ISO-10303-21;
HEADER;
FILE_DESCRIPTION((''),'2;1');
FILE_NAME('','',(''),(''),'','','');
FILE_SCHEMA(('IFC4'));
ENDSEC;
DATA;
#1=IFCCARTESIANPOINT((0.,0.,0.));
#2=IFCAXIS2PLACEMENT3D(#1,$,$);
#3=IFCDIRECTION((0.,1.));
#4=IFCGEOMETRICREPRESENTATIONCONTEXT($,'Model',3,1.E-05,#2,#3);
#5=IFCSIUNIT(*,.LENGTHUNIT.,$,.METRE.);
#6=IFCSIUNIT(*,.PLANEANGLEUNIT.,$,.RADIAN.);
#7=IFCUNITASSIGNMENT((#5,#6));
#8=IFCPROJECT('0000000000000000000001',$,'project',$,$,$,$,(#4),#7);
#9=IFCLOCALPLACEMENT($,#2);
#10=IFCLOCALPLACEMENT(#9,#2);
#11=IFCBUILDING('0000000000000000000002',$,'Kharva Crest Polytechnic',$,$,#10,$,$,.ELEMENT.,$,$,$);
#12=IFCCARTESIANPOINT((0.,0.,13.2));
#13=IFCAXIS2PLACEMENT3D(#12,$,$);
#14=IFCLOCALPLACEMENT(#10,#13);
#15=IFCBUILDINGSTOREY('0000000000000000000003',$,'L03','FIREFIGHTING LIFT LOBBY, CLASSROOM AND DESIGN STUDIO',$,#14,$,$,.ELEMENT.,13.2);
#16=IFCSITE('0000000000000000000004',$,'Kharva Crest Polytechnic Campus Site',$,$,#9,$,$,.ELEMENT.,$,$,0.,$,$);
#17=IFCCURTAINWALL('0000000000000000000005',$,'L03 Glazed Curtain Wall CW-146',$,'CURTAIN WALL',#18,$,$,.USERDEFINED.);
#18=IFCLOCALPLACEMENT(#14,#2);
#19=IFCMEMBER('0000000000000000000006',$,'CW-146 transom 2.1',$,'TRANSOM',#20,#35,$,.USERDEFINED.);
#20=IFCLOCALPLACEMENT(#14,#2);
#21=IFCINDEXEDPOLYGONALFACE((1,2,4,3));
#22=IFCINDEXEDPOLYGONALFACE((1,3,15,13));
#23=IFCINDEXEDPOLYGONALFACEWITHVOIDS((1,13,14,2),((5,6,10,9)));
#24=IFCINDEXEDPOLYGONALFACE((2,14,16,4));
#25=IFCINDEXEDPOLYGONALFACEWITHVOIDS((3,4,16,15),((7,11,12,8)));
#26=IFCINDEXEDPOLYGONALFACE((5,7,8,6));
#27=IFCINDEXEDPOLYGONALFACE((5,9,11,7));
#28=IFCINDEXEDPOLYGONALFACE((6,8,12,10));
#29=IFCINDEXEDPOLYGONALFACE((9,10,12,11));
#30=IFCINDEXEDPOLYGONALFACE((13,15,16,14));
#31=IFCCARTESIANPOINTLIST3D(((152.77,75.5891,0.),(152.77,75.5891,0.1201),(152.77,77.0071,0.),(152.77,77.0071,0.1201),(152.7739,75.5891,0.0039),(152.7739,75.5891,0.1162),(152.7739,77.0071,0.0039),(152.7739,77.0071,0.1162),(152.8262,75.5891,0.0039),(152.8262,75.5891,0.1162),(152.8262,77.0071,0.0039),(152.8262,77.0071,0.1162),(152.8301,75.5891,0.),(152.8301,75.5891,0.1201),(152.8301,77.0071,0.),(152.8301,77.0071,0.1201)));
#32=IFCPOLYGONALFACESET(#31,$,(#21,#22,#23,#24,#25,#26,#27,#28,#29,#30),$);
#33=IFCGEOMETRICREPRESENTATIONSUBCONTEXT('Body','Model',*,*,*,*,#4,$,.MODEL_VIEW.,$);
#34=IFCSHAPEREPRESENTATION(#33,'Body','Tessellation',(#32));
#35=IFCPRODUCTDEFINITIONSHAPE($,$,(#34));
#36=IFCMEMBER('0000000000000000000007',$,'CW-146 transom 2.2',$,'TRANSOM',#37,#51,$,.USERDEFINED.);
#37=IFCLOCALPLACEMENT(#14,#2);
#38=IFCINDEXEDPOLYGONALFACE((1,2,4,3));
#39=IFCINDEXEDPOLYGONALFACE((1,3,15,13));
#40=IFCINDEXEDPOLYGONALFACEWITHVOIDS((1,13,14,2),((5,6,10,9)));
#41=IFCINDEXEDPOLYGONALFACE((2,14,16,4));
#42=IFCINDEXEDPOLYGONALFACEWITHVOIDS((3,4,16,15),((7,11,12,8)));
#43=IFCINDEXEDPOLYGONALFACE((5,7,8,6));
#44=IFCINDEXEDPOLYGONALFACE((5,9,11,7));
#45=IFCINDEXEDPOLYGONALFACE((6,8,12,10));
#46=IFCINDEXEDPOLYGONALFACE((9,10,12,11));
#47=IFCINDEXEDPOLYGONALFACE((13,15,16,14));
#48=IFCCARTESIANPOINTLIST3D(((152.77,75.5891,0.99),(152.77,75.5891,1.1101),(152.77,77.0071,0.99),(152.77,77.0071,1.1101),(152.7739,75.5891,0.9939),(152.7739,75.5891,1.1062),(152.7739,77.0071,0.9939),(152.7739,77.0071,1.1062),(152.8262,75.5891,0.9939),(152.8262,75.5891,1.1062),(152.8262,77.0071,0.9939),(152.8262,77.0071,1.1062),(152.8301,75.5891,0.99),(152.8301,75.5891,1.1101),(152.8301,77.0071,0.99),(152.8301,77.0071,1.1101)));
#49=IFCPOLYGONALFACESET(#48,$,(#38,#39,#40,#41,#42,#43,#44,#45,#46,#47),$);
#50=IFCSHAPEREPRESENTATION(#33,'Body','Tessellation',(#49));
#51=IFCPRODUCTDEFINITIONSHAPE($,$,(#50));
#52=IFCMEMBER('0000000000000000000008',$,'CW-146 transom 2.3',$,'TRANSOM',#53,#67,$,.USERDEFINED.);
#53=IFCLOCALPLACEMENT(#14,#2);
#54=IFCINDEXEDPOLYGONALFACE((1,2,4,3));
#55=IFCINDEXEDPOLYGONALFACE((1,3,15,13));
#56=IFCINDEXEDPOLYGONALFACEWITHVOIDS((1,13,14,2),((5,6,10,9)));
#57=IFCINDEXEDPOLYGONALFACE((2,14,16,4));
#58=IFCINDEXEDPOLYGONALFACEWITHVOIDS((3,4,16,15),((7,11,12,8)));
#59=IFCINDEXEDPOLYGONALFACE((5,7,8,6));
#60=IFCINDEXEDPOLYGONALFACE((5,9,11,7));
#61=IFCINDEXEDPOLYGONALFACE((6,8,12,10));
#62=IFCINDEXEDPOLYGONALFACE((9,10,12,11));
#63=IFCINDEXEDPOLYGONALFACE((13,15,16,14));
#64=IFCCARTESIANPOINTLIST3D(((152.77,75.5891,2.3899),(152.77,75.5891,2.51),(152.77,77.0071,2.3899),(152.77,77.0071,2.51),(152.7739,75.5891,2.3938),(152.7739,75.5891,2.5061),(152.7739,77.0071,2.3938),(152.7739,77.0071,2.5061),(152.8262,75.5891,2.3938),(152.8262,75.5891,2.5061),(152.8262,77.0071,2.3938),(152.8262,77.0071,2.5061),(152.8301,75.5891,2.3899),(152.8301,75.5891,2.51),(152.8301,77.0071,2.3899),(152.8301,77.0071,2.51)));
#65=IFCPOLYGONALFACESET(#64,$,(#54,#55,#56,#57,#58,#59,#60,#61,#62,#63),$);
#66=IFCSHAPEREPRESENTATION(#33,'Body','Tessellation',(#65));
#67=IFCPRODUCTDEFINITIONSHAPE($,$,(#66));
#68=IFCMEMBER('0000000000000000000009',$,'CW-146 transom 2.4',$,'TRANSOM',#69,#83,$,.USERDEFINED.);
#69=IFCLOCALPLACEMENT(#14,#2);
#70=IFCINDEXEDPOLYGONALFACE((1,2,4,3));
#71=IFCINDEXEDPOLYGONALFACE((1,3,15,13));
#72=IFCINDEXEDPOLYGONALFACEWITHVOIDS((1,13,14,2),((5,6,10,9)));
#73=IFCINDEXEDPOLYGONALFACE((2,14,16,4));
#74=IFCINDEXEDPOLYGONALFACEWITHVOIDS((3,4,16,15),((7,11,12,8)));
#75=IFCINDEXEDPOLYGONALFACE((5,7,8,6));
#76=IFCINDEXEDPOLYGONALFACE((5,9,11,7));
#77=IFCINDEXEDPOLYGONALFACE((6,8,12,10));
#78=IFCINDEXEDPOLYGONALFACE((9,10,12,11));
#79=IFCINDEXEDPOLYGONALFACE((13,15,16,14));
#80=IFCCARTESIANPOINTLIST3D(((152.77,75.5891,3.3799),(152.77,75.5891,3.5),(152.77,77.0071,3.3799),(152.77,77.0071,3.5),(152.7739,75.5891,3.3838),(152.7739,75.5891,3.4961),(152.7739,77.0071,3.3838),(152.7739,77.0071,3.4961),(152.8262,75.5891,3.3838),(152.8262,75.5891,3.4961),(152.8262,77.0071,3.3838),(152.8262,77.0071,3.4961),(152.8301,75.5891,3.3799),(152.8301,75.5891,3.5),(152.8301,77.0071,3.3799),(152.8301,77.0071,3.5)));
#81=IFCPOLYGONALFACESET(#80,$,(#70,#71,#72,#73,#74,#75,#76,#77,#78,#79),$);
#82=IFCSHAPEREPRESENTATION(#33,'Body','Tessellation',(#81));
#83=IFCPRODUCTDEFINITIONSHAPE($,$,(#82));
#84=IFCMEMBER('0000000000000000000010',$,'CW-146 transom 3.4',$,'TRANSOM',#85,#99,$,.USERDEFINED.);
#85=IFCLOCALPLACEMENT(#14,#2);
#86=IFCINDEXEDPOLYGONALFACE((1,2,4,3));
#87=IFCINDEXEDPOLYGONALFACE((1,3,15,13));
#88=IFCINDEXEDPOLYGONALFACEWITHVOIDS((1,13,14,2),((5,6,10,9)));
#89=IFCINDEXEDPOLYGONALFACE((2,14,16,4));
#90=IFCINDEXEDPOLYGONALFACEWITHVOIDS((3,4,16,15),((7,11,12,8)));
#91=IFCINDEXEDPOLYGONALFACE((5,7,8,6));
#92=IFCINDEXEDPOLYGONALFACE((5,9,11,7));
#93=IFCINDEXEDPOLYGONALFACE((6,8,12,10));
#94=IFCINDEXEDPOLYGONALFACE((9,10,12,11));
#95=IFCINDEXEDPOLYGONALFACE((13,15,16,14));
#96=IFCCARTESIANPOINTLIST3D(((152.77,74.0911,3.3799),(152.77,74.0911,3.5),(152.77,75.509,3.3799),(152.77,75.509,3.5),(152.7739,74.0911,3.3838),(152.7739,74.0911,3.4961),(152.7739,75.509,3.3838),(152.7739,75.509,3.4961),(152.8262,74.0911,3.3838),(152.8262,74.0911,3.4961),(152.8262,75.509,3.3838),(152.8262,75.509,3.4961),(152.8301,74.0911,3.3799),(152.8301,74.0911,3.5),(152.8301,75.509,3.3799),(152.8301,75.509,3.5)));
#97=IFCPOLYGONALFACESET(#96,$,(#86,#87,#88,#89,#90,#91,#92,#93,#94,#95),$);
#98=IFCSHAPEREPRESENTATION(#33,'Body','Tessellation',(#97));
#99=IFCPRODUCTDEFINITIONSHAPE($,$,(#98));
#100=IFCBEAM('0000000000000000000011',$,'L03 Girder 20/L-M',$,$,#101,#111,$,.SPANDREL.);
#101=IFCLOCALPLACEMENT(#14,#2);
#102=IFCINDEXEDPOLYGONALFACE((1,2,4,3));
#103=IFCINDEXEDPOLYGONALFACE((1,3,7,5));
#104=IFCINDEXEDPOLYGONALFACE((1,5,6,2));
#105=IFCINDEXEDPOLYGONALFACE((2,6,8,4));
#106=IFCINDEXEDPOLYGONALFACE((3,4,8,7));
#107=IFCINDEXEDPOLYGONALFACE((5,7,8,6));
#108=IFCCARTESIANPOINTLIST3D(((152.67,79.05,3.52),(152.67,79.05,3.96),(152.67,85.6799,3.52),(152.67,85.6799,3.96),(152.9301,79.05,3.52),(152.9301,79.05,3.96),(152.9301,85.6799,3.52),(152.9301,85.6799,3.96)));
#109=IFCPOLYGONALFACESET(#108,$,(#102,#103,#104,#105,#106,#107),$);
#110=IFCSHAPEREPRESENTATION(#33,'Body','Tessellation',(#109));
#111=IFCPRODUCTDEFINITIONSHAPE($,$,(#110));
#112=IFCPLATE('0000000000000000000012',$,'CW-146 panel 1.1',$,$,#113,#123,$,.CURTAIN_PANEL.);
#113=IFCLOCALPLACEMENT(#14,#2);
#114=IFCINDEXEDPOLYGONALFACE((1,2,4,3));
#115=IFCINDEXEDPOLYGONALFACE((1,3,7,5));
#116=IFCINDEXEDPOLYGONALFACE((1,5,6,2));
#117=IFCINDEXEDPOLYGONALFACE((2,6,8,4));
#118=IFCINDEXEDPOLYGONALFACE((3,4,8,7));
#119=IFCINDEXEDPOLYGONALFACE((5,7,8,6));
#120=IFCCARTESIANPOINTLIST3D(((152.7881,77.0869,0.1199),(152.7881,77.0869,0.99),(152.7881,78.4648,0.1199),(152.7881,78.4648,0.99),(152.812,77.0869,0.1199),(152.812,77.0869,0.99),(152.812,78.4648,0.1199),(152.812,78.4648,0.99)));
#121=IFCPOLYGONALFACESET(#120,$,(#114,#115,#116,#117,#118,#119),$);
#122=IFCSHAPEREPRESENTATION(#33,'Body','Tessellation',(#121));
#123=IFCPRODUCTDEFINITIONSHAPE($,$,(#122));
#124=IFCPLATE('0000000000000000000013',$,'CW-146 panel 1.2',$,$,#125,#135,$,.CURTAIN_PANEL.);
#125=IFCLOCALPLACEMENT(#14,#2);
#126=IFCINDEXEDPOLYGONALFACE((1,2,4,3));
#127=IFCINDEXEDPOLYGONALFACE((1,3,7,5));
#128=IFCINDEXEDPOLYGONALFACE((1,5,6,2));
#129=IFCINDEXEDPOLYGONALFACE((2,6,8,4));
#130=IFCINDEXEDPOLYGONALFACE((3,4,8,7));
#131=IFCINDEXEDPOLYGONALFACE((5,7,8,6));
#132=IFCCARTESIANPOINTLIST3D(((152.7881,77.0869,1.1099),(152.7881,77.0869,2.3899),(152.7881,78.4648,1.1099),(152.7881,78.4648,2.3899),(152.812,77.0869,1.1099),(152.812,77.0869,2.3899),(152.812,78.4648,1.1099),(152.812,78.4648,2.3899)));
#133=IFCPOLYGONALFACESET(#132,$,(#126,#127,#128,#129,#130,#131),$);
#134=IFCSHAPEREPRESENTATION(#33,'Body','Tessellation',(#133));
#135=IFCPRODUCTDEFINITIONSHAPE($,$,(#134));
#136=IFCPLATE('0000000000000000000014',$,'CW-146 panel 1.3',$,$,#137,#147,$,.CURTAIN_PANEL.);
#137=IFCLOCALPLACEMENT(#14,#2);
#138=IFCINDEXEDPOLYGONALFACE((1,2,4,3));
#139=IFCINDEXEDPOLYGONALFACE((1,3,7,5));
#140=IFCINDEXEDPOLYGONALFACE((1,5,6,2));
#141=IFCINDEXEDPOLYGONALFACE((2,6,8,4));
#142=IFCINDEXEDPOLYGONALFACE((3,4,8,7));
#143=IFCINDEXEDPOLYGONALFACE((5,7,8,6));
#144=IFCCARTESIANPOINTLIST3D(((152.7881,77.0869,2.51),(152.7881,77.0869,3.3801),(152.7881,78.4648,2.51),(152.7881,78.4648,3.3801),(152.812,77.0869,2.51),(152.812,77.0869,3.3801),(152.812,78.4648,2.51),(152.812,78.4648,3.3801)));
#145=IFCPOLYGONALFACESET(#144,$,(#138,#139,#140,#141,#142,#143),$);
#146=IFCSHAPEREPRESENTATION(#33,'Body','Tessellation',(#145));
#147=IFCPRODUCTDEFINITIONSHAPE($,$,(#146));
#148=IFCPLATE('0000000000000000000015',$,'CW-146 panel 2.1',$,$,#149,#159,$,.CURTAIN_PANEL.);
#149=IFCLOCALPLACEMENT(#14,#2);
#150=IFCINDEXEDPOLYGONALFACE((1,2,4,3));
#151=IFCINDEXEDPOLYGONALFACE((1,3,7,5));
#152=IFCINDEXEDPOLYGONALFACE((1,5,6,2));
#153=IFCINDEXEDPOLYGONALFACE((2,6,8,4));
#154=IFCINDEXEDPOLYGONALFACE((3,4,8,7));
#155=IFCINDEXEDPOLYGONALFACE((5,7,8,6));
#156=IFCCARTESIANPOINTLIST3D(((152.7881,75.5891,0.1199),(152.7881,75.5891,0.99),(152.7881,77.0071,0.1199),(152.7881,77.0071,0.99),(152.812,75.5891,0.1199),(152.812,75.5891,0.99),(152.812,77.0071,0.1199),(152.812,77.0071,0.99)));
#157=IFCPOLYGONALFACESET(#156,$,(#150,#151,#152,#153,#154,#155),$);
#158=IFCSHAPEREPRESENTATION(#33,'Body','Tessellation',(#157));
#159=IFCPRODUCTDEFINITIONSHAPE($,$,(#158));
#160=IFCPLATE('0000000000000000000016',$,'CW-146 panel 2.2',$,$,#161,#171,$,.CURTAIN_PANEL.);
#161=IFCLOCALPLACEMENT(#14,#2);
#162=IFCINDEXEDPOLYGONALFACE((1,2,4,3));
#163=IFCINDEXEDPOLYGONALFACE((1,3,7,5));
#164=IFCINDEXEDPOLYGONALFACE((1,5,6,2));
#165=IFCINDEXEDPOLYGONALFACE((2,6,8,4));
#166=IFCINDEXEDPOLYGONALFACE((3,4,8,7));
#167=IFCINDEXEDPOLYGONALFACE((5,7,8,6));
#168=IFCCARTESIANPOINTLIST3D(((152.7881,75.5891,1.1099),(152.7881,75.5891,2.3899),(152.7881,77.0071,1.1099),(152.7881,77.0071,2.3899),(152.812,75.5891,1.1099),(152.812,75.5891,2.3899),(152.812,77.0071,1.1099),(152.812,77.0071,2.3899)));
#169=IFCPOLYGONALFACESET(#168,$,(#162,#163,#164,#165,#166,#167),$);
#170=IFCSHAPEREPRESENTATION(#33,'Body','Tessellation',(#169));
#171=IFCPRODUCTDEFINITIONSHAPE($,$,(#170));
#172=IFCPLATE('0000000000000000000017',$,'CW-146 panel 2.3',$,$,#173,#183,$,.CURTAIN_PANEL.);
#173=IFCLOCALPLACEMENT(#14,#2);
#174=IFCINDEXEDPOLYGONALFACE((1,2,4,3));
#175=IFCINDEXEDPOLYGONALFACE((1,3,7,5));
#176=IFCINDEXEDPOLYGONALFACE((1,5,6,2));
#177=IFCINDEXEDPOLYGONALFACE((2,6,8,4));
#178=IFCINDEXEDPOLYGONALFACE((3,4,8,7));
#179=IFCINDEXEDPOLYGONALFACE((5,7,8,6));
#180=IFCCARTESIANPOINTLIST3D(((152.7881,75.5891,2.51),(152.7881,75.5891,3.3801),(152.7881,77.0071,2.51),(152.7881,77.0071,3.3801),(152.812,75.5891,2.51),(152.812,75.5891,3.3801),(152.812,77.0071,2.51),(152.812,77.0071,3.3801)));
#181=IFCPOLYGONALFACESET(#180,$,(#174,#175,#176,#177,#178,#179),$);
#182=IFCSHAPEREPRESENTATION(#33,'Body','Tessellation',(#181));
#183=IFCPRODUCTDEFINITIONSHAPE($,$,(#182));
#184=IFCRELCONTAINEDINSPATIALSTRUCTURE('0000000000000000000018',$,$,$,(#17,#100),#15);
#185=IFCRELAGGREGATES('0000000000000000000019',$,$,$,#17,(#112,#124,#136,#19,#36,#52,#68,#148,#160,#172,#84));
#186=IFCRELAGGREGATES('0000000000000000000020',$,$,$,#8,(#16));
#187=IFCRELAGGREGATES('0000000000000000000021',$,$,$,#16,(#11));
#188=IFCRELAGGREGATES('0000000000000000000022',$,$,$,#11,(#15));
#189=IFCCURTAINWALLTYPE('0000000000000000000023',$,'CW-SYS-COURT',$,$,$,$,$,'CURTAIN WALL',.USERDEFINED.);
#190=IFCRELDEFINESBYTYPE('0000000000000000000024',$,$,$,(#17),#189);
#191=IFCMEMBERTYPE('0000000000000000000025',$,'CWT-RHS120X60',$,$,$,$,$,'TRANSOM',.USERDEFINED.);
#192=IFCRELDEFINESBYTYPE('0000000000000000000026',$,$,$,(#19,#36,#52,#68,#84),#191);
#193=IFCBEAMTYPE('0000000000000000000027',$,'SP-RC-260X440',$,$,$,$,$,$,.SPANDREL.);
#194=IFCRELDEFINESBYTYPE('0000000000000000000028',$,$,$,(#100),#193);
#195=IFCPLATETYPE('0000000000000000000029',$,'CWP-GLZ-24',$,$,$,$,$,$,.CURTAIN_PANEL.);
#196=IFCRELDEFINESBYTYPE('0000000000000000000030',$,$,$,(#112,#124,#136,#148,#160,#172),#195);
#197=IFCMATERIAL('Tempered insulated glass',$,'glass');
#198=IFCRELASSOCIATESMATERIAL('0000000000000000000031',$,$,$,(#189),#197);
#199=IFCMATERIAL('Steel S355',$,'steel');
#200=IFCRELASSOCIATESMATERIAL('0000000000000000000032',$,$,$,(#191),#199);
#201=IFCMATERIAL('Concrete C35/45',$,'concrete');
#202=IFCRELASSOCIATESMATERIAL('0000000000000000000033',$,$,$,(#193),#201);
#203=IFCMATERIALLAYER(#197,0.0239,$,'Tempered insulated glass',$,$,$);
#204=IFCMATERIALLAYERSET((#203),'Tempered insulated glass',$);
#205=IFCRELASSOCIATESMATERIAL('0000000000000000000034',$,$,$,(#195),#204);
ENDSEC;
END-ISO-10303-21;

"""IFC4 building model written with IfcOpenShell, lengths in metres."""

from ifc_helpers import new_model, si_unit, direction, frame, origin, origin_2d, place, context, subcontext, project, spatial, rectangle, hollow_rectangle, extrude, material, layer, layer_set, material_profile, profile_set, type_object, element, aggregate, save


model = new_model("IFC4")

# Units and contexts
model_context = context("Model", 3, precision=1e-05, world=origin(), true_north=direction((0.0, 1.0)))
body_context = subcontext(model_context, "Body", "Model", "MODEL_VIEW")
ifc_project = project(units=[si_unit("LENGTHUNIT", "METRE"), si_unit("PLANEANGLEUNIT", "RADIAN")], contexts=[model_context])

# Site, building, storey
site_placement = place(None, origin())
site = spatial("IfcSite", under=ifc_project, at=site_placement, Name="Kharva Crest Polytechnic Campus Site", CompositionType="ELEMENT", RefElevation=0.0)
building_placement = place(site_placement, origin())
building = spatial("IfcBuilding", under=site, at=building_placement, Name="Kharva Crest Polytechnic", CompositionType="ELEMENT")
storey_placement = place(building_placement, frame((0.0, 0.0, 13.2)))
storey = spatial("IfcBuildingStorey", under=building, at=storey_placement, Name="L03", Description="FIREFIGHTING LIFT LOBBY, CLASSROOM AND DESIGN STUDIO", CompositionType="ELEMENT", Elevation=13.2)

# Curtain wall, members
ifc_material_1 = material(Name="Tempered insulated glass", Category="glass")
curtain_wall_type = type_object("IfcCurtainWallType", Name="CW-SYS-COURT", ElementType="CURTAIN WALL", PredefinedType="USERDEFINED", material=ifc_material_1)
curtain_wall_placement = place(storey_placement, origin())
curtain_wall = element("IfcCurtainWall", 1, at=curtain_wall_placement, inside=storey, type_object=curtain_wall_type, Name="L03 Glazed Curtain Wall CW-146", ObjectType="CURTAIN WALL", PredefinedType="USERDEFINED")
ifc_material_2 = material(Name="Steel S355", Category="steel")
ifc_material_profile_1 = material_profile(ifc_material_2, hollow_rectangle(XDim=0.0601, YDim=0.1201, WallThickness=0.0039, at=origin_2d()), Name="RHS 120X60X4.0")
ifc_profile_set_1 = profile_set([ifc_material_profile_1], Name="Steel S355")
member_type_1 = type_object("IfcMemberType", Name="CWT-RHS120X60", ElementType="TRANSOM", PredefinedType="USERDEFINED", material=ifc_profile_set_1)
member_1_placement = place(storey_placement, frame((152.8, 77.0071, 0.0601), z_axis=(0.0, -1.0, 0.0), x_axis=(1.0, 0.0, 0.0)))
member_1 = element("IfcMember", 2, at=member_1_placement, type_object=member_type_1, Name="CW-146 transom 2.1", ObjectType="TRANSOM", PredefinedType="USERDEFINED", context=body_context, shape_type="SweptSolid", body=[
    extrude(hollow_rectangle(XDim=0.0601, YDim=0.1201, WallThickness=0.0039, at=origin_2d()), origin(), (0.0, 0.0, 1.0), 1.418),
])
member_2_placement = place(storey_placement, frame((152.8, 77.0071, 1.05), z_axis=(0.0, -1.0, 0.0), x_axis=(1.0, 0.0, 0.0)))
member_2 = element("IfcMember", 3, at=member_2_placement, type_object=member_type_1, Name="CW-146 transom 2.2", ObjectType="TRANSOM", PredefinedType="USERDEFINED", context=body_context, shape_type="SweptSolid", body=[
    extrude(hollow_rectangle(XDim=0.0601, YDim=0.1201, WallThickness=0.0039, at=origin_2d()), origin(), (0.0, 0.0, 1.0), 1.418),
])
member_3_placement = place(storey_placement, frame((152.8, 77.0071, 2.45), z_axis=(0.0, -1.0, 0.0), x_axis=(1.0, 0.0, 0.0)))
member_3 = element("IfcMember", 4, at=member_3_placement, type_object=member_type_1, Name="CW-146 transom 2.3", ObjectType="TRANSOM", PredefinedType="USERDEFINED", context=body_context, shape_type="SweptSolid", body=[
    extrude(hollow_rectangle(XDim=0.0601, YDim=0.1201, WallThickness=0.0039, at=origin_2d()), origin(), (0.0, 0.0, 1.0), 1.418),
])
member_4_placement = place(storey_placement, frame((152.8, 77.0071, 3.4399), z_axis=(0.0, -1.0, 0.0), x_axis=(1.0, 0.0, 0.0)))
member_4 = element("IfcMember", 5, at=member_4_placement, type_object=member_type_1, Name="CW-146 transom 2.4", ObjectType="TRANSOM", PredefinedType="USERDEFINED", context=body_context, shape_type="SweptSolid", body=[
    extrude(hollow_rectangle(XDim=0.0601, YDim=0.1201, WallThickness=0.0039, at=origin_2d()), origin(), (0.0, 0.0, 1.0), 1.418),
])
member_5_placement = place(storey_placement, frame((152.8, 75.509, 3.4399), z_axis=(0.0, -1.0, 0.0), x_axis=(1.0, 0.0, 0.0)))
member_5 = element("IfcMember", 6, at=member_5_placement, type_object=member_type_1, Name="CW-146 transom 3.4", ObjectType="TRANSOM", PredefinedType="USERDEFINED", context=body_context, shape_type="SweptSolid", body=[
    extrude(hollow_rectangle(XDim=0.0601, YDim=0.1201, WallThickness=0.0039, at=origin_2d()), origin(), (0.0, 0.0, 1.0), 1.418),
])

# Beam
ifc_material_3 = material(Name="Concrete C35/45", Category="concrete")
ifc_material_profile_2 = material_profile(ifc_material_3, rectangle(XDim=0.26, YDim=0.4399, at=origin_2d()), Name="RECT 260 X 440")
ifc_profile_set_2 = profile_set([ifc_material_profile_2], Name="Concrete C35/45")
beam_type = type_object("IfcBeamType", Name="SP-RC-260X440", PredefinedType="SPANDREL", material=ifc_profile_set_2)
beam_placement = place(storey_placement, frame((152.8, 79.05, 3.74), z_axis=(0.0, 1.0, 0.0), x_axis=(-1.0, 0.0, 0.0)))
element("IfcBeam", 7, at=beam_placement, inside=storey, type_object=beam_type, Name="L03 Girder 20/L-M", PredefinedType="SPANDREL", context=body_context, shape_type="SweptSolid", body=[
    extrude(rectangle(XDim=0.26, YDim=0.4399, at=origin_2d()), origin(), (0.0, 0.0, 1.0), 6.6299),
])

# Plates
ifc_layer_1 = layer(ifc_material_1, 0.0239, Name="Tempered insulated glass")
ifc_layer_set_1 = layer_set([ifc_layer_1], Name="Tempered insulated glass")
plate_type = type_object("IfcPlateType", Name="CWP-GLZ-24", PredefinedType="CURTAIN_PANEL", material=ifc_layer_set_1)
plate_1_placement = place(storey_placement, frame((152.8, 77.7759, 0.1199), z_axis=(0.0, 0.0, 1.0), x_axis=(0.0, -1.0, 0.0)))
plate_1 = element("IfcPlate", 8, at=plate_1_placement, type_object=plate_type, Name="CW-146 panel 1.1", PredefinedType="CURTAIN_PANEL", context=body_context, shape_type="SweptSolid", body=[
    extrude(rectangle(XDim=1.3779, YDim=0.0239, at=origin_2d()), origin(), (0.0, 0.0, 1.0), 0.8701),
])
plate_2_placement = place(storey_placement, frame((152.8, 77.7759, 1.1099), z_axis=(0.0, 0.0, 1.0), x_axis=(0.0, -1.0, 0.0)))
plate_2 = element("IfcPlate", 9, at=plate_2_placement, type_object=plate_type, Name="CW-146 panel 1.2", PredefinedType="CURTAIN_PANEL", context=body_context, shape_type="SweptSolid", body=[
    extrude(rectangle(XDim=1.3779, YDim=0.0239, at=origin_2d()), origin(), (0.0, 0.0, 1.0), 1.28),
])
plate_3_placement = place(storey_placement, frame((152.8, 77.7759, 2.51), z_axis=(0.0, 0.0, 1.0), x_axis=(0.0, -1.0, 0.0)))
plate_3 = element("IfcPlate", 10, at=plate_3_placement, type_object=plate_type, Name="CW-146 panel 1.3", PredefinedType="CURTAIN_PANEL", context=body_context, shape_type="SweptSolid", body=[
    extrude(rectangle(XDim=1.3779, YDim=0.0239, at=origin_2d()), origin(), (0.0, 0.0, 1.0), 0.8701),
])
plate_4_placement = place(storey_placement, frame((152.8, 76.2981, 0.1199), z_axis=(0.0, 0.0, 1.0), x_axis=(0.0, -1.0, 0.0)))
plate_4 = element("IfcPlate", 11, at=plate_4_placement, type_object=plate_type, Name="CW-146 panel 2.1", PredefinedType="CURTAIN_PANEL", context=body_context, shape_type="SweptSolid", body=[
    extrude(rectangle(XDim=1.418, YDim=0.0239, at=origin_2d()), origin(), (0.0, 0.0, 1.0), 0.8701),
])
plate_5_placement = place(storey_placement, frame((152.8, 76.2981, 1.1099), z_axis=(0.0, 0.0, 1.0), x_axis=(0.0, -1.0, 0.0)))
plate_5 = element("IfcPlate", 12, at=plate_5_placement, type_object=plate_type, Name="CW-146 panel 2.2", PredefinedType="CURTAIN_PANEL", context=body_context, shape_type="SweptSolid", body=[
    extrude(rectangle(XDim=1.418, YDim=0.0239, at=origin_2d()), origin(), (0.0, 0.0, 1.0), 1.28),
])
plate_6_placement = place(storey_placement, frame((152.8, 76.2981, 2.51), z_axis=(0.0, 0.0, 1.0), x_axis=(0.0, -1.0, 0.0)))
plate_6 = element("IfcPlate", 13, at=plate_6_placement, type_object=plate_type, Name="CW-146 panel 2.3", PredefinedType="CURTAIN_PANEL", context=body_context, shape_type="SweptSolid", body=[
    extrude(rectangle(XDim=1.418, YDim=0.0239, at=origin_2d()), origin(), (0.0, 0.0, 1.0), 0.8701),
])
aggregate(curtain_wall, [plate_1, plate_2, plate_3, member_1, member_2, member_3, member_4, plate_4, plate_5, plate_6, member_5])

save(model, "model.ifc")
